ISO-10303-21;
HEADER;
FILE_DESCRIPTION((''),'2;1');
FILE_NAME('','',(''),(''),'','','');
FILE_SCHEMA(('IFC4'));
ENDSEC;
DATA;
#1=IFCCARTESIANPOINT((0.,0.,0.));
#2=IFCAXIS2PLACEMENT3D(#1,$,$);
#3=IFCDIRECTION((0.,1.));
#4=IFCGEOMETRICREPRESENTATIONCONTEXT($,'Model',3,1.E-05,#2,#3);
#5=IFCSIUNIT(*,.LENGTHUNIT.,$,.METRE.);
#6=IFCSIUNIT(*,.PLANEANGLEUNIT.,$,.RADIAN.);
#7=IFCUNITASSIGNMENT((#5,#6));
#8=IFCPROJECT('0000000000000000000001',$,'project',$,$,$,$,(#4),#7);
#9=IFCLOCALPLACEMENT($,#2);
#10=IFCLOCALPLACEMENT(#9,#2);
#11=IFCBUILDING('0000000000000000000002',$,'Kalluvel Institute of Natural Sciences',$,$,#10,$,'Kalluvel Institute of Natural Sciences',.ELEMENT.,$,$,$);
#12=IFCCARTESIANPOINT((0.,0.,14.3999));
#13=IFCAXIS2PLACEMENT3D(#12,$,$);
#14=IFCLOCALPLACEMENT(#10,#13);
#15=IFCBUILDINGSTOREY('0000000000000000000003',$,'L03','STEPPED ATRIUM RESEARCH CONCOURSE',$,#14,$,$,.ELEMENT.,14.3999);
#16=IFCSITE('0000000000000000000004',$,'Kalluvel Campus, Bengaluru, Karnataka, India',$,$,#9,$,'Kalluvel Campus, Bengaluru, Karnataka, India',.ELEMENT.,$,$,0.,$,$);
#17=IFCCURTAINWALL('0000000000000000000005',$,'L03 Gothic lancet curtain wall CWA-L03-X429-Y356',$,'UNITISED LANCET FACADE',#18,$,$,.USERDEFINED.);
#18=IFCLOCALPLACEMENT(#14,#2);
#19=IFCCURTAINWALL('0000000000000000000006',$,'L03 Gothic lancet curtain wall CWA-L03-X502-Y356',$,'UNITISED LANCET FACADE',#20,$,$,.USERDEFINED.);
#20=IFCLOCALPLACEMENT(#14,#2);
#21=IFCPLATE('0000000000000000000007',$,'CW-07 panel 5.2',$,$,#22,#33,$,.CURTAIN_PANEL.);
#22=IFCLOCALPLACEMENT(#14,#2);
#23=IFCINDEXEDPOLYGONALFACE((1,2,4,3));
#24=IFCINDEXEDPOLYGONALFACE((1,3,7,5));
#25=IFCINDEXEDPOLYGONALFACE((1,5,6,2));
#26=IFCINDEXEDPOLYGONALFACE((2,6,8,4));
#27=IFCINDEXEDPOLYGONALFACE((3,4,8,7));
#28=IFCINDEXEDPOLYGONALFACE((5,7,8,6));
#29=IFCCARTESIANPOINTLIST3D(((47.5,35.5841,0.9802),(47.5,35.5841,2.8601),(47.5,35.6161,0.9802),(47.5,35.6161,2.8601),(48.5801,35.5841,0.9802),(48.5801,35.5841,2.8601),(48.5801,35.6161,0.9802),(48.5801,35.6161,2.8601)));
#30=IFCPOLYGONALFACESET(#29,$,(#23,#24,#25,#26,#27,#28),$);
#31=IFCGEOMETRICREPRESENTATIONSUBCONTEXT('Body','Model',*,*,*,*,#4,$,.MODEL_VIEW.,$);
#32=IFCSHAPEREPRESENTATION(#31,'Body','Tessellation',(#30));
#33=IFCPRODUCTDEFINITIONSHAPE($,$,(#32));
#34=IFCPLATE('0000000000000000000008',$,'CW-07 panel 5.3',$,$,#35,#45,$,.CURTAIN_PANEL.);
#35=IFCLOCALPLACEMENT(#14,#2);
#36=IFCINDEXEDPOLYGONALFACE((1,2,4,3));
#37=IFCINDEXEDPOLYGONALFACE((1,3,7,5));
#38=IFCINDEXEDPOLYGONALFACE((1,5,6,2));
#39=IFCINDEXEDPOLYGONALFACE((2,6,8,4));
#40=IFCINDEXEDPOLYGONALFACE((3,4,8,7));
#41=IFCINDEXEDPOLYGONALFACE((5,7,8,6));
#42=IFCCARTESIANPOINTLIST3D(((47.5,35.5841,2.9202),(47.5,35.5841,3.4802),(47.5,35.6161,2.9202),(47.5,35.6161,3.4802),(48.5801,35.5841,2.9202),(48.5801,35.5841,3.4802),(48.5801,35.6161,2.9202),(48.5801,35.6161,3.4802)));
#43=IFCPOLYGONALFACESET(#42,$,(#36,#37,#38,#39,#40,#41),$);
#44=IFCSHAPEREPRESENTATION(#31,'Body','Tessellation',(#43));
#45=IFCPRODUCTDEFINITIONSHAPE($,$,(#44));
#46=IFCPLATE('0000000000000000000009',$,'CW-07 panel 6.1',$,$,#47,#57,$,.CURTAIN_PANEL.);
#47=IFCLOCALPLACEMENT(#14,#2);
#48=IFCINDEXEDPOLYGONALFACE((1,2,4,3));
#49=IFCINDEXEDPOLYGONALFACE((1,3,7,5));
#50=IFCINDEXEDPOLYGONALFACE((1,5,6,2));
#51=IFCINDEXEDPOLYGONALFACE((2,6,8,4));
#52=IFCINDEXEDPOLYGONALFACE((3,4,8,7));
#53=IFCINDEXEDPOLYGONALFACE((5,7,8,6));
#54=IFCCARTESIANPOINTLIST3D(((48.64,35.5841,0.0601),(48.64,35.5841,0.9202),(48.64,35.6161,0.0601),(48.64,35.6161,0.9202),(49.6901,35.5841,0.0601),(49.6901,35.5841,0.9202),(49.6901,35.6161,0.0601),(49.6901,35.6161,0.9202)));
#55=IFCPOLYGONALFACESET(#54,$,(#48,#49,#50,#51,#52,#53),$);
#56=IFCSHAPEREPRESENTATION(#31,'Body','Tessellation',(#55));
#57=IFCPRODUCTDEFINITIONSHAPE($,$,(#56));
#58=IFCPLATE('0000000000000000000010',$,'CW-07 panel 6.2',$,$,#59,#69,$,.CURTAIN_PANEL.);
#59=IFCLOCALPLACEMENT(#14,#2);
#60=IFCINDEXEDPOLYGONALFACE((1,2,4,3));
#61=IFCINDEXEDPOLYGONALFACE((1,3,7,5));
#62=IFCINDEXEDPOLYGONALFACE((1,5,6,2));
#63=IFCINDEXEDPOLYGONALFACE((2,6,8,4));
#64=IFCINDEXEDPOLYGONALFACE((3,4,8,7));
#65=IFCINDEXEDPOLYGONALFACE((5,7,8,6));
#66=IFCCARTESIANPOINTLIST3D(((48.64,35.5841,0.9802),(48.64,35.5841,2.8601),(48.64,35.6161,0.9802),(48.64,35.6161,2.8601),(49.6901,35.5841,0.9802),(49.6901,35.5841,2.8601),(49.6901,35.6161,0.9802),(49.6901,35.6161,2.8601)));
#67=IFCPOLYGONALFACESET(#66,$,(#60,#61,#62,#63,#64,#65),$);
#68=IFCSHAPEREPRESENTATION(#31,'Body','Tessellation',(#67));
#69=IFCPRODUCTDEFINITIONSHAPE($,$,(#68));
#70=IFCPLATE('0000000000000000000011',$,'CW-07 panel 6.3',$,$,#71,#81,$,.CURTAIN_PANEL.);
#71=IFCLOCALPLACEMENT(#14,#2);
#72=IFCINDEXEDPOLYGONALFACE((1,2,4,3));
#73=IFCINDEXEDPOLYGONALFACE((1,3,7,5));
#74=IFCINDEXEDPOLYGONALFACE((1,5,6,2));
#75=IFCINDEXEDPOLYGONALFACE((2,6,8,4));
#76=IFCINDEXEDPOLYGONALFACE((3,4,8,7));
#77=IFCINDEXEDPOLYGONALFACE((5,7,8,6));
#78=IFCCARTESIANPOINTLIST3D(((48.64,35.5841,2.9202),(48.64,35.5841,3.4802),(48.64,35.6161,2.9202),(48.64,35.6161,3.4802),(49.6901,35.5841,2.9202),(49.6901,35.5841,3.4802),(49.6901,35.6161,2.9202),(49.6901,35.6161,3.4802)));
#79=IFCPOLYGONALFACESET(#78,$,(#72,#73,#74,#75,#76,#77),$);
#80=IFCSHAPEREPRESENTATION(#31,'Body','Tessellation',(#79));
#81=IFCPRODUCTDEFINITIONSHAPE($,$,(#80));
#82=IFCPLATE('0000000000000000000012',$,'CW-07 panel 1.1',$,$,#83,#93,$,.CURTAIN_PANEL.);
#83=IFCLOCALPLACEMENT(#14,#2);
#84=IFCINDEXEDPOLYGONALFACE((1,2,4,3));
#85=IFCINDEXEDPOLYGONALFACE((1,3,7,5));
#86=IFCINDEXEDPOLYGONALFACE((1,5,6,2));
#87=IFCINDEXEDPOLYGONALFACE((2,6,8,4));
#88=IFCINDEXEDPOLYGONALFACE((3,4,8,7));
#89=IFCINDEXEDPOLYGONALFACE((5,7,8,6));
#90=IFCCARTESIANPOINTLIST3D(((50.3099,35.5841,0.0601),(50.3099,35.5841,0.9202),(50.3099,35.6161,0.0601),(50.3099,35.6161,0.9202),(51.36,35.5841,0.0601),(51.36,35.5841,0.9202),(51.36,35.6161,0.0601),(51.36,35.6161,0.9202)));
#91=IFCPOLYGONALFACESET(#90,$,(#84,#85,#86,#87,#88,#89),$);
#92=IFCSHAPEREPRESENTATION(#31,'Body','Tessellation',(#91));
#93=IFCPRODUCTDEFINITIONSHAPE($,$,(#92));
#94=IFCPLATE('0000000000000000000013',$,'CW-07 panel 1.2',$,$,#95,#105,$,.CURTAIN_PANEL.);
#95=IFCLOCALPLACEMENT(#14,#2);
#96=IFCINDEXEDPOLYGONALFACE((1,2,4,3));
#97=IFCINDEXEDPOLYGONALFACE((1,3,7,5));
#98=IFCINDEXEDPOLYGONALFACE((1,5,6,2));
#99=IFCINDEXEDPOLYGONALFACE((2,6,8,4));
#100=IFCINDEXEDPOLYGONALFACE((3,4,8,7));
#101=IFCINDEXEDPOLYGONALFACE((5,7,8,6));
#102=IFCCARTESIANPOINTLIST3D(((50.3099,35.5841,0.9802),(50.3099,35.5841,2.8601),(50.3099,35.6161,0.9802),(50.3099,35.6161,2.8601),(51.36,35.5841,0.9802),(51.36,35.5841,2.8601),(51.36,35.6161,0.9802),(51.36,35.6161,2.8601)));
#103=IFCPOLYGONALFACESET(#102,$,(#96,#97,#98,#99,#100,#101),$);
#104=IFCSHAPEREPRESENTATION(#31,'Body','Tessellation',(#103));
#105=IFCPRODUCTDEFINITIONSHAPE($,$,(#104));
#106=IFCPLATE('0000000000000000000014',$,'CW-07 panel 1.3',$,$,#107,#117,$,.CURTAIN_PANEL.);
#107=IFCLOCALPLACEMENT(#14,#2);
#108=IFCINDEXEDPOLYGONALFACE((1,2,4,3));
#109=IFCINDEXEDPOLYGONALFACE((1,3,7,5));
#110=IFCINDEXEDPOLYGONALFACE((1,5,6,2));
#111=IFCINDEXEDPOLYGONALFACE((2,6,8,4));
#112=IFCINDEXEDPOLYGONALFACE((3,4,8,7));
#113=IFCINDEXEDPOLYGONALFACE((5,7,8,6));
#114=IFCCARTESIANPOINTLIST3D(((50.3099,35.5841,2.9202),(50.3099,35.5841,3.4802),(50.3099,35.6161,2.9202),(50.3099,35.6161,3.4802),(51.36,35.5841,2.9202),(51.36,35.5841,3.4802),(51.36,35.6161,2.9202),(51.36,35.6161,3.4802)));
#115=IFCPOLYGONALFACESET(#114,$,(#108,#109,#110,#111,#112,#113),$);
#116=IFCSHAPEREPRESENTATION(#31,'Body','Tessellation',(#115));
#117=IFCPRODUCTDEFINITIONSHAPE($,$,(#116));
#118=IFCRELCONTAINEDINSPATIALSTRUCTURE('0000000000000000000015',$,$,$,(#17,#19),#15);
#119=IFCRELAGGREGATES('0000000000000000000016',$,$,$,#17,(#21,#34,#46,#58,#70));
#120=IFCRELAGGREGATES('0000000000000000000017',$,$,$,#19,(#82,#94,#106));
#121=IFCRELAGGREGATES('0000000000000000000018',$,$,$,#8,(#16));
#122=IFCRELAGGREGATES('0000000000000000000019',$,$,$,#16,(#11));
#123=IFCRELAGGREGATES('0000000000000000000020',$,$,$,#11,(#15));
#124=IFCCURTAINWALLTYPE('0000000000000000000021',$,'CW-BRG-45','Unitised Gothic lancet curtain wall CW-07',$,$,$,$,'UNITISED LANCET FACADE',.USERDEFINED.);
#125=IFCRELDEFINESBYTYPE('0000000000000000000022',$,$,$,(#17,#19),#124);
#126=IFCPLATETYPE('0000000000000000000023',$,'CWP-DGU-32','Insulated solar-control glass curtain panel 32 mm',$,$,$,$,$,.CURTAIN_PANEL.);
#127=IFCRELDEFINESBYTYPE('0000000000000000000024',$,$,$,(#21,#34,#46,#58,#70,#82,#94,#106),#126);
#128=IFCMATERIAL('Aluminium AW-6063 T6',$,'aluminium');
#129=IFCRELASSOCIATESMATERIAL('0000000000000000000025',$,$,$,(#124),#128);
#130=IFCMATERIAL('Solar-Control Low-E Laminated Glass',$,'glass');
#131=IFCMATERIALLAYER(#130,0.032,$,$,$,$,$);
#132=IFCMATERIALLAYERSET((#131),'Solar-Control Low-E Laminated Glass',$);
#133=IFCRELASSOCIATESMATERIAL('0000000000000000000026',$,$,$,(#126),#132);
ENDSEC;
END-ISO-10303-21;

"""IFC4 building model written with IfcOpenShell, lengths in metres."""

from ifc_helpers import new_model, si_unit, direction, frame, origin, origin_2d, place, context, subcontext, project, spatial, rectangle, extrude, material, layer, layer_set, type_object, element, aggregate, save


model = new_model("IFC4")

# Units and contexts
model_context = context("Model", 3, precision=1e-05, world=origin(), true_north=direction((0.0, 1.0)))
body_context = subcontext(model_context, "Body", "Model", "MODEL_VIEW")
ifc_project = project(units=[si_unit("LENGTHUNIT", "METRE"), si_unit("PLANEANGLEUNIT", "RADIAN")], contexts=[model_context])

# Site, building, storey
site_placement = place(None, origin())
site = spatial("IfcSite", under=ifc_project, at=site_placement, Name="Kalluvel Campus, Bengaluru, Karnataka, India", LongName="Kalluvel Campus, Bengaluru, Karnataka, India", CompositionType="ELEMENT", RefElevation=0.0)
building_placement = place(site_placement, origin())
building = spatial("IfcBuilding", under=site, at=building_placement, Name="Kalluvel Institute of Natural Sciences", LongName="Kalluvel Institute of Natural Sciences", CompositionType="ELEMENT")
storey_placement = place(building_placement, frame((0.0, 0.0, 14.3999)))
storey = spatial("IfcBuildingStorey", under=building, at=storey_placement, Name="L03", Description="STEPPED ATRIUM RESEARCH CONCOURSE", CompositionType="ELEMENT", Elevation=14.3999)

# Curtain walls
ifc_material_1 = material(Name="Aluminium AW-6063 T6", Category="aluminium")
curtain_wall_type = type_object("IfcCurtainWallType", Name="CW-BRG-45", Description="Unitised Gothic lancet curtain wall CW-07", ElementType="UNITISED LANCET FACADE", PredefinedType="USERDEFINED", material=ifc_material_1)
curtain_wall_1_placement = place(storey_placement, origin())
curtain_wall_1 = element("IfcCurtainWall", 1, at=curtain_wall_1_placement, inside=storey, type_object=curtain_wall_type, Name="L03 Gothic lancet curtain wall CWA-L03-X429-Y356", ObjectType="UNITISED LANCET FACADE", PredefinedType="USERDEFINED")
curtain_wall_2_placement = place(storey_placement, origin())
curtain_wall_2 = element("IfcCurtainWall", 2, at=curtain_wall_2_placement, inside=storey, type_object=curtain_wall_type, Name="L03 Gothic lancet curtain wall CWA-L03-X502-Y356", ObjectType="UNITISED LANCET FACADE", PredefinedType="USERDEFINED")

# Plates
ifc_material_2 = material(Name="Solar-Control Low-E Laminated Glass", Category="glass")
ifc_layer = layer(ifc_material_2, 0.032)
ifc_layer_set = layer_set([ifc_layer], Name="Solar-Control Low-E Laminated Glass")
plate_type = type_object("IfcPlateType", Name="CWP-DGU-32", Description="Insulated solar-control glass curtain panel 32 mm", PredefinedType="CURTAIN_PANEL", material=ifc_layer_set)
plate_1_placement = place(storey_placement, frame((48.04, 35.6001, 0.9802), z_axis=(0.0, 0.0, 1.0), x_axis=(1.0, 0.0, 0.0)))
plate_1 = element("IfcPlate", 3, at=plate_1_placement, type_object=plate_type, Name="CW-07 panel 5.2", PredefinedType="CURTAIN_PANEL", context=body_context, shape_type="SweptSolid", body=[
    extrude(rectangle(XDim=1.0801, YDim=0.032, at=origin_2d()), origin(), (0.0, 0.0, 1.0), 1.8799),
])
plate_2_placement = place(storey_placement, frame((48.04, 35.6001, 2.9202), z_axis=(0.0, 0.0, 1.0), x_axis=(1.0, 0.0, 0.0)))
plate_2 = element("IfcPlate", 4, at=plate_2_placement, type_object=plate_type, Name="CW-07 panel 5.3", PredefinedType="CURTAIN_PANEL", context=body_context, shape_type="SweptSolid", body=[
    extrude(rectangle(XDim=1.0801, YDim=0.032, at=origin_2d()), origin(), (0.0, 0.0, 1.0), 0.5601),
])
plate_3_placement = place(storey_placement, frame((49.165, 35.6001, 0.0601), z_axis=(0.0, 0.0, 1.0), x_axis=(1.0, 0.0, 0.0)))
plate_3 = element("IfcPlate", 5, at=plate_3_placement, type_object=plate_type, Name="CW-07 panel 6.1", PredefinedType="CURTAIN_PANEL", context=body_context, shape_type="SweptSolid", body=[
    extrude(rectangle(XDim=1.05, YDim=0.032, at=origin_2d()), origin(), (0.0, 0.0, 1.0), 0.8601),
])
plate_4_placement = place(storey_placement, frame((49.165, 35.6001, 0.9802), z_axis=(0.0, 0.0, 1.0), x_axis=(1.0, 0.0, 0.0)))
plate_4 = element("IfcPlate", 6, at=plate_4_placement, type_object=plate_type, Name="CW-07 panel 6.2", PredefinedType="CURTAIN_PANEL", context=body_context, shape_type="SweptSolid", body=[
    extrude(rectangle(XDim=1.05, YDim=0.032, at=origin_2d()), origin(), (0.0, 0.0, 1.0), 1.8799),
])
plate_5_placement = place(storey_placement, frame((49.165, 35.6001, 2.9202), z_axis=(0.0, 0.0, 1.0), x_axis=(1.0, 0.0, 0.0)))
plate_5 = element("IfcPlate", 7, at=plate_5_placement, type_object=plate_type, Name="CW-07 panel 6.3", PredefinedType="CURTAIN_PANEL", context=body_context, shape_type="SweptSolid", body=[
    extrude(rectangle(XDim=1.05, YDim=0.032, at=origin_2d()), origin(), (0.0, 0.0, 1.0), 0.5601),
])
aggregate(curtain_wall_1, [plate_1, plate_2, plate_3, plate_4, plate_5])
plate_6_placement = place(storey_placement, frame((50.835, 35.6001, 0.0601), z_axis=(0.0, 0.0, 1.0), x_axis=(1.0, 0.0, 0.0)))
plate_6 = element("IfcPlate", 8, at=plate_6_placement, type_object=plate_type, Name="CW-07 panel 1.1", PredefinedType="CURTAIN_PANEL", context=body_context, shape_type="SweptSolid", body=[
    extrude(rectangle(XDim=1.05, YDim=0.032, at=origin_2d()), origin(), (0.0, 0.0, 1.0), 0.8601),
])
plate_7_placement = place(storey_placement, frame((50.835, 35.6001, 0.9802), z_axis=(0.0, 0.0, 1.0), x_axis=(1.0, 0.0, 0.0)))
plate_7 = element("IfcPlate", 9, at=plate_7_placement, type_object=plate_type, Name="CW-07 panel 1.2", PredefinedType="CURTAIN_PANEL", context=body_context, shape_type="SweptSolid", body=[
    extrude(rectangle(XDim=1.05, YDim=0.032, at=origin_2d()), origin(), (0.0, 0.0, 1.0), 1.8799),
])
plate_8_placement = place(storey_placement, frame((50.835, 35.6001, 2.9202), z_axis=(0.0, 0.0, 1.0), x_axis=(1.0, 0.0, 0.0)))
plate_8 = element("IfcPlate", 10, at=plate_8_placement, type_object=plate_type, Name="CW-07 panel 1.3", PredefinedType="CURTAIN_PANEL", context=body_context, shape_type="SweptSolid", body=[
    extrude(rectangle(XDim=1.05, YDim=0.032, at=origin_2d()), origin(), (0.0, 0.0, 1.0), 0.5601),
])
aggregate(curtain_wall_2, [plate_6, plate_7, plate_8])

save(model, "model.ifc")
